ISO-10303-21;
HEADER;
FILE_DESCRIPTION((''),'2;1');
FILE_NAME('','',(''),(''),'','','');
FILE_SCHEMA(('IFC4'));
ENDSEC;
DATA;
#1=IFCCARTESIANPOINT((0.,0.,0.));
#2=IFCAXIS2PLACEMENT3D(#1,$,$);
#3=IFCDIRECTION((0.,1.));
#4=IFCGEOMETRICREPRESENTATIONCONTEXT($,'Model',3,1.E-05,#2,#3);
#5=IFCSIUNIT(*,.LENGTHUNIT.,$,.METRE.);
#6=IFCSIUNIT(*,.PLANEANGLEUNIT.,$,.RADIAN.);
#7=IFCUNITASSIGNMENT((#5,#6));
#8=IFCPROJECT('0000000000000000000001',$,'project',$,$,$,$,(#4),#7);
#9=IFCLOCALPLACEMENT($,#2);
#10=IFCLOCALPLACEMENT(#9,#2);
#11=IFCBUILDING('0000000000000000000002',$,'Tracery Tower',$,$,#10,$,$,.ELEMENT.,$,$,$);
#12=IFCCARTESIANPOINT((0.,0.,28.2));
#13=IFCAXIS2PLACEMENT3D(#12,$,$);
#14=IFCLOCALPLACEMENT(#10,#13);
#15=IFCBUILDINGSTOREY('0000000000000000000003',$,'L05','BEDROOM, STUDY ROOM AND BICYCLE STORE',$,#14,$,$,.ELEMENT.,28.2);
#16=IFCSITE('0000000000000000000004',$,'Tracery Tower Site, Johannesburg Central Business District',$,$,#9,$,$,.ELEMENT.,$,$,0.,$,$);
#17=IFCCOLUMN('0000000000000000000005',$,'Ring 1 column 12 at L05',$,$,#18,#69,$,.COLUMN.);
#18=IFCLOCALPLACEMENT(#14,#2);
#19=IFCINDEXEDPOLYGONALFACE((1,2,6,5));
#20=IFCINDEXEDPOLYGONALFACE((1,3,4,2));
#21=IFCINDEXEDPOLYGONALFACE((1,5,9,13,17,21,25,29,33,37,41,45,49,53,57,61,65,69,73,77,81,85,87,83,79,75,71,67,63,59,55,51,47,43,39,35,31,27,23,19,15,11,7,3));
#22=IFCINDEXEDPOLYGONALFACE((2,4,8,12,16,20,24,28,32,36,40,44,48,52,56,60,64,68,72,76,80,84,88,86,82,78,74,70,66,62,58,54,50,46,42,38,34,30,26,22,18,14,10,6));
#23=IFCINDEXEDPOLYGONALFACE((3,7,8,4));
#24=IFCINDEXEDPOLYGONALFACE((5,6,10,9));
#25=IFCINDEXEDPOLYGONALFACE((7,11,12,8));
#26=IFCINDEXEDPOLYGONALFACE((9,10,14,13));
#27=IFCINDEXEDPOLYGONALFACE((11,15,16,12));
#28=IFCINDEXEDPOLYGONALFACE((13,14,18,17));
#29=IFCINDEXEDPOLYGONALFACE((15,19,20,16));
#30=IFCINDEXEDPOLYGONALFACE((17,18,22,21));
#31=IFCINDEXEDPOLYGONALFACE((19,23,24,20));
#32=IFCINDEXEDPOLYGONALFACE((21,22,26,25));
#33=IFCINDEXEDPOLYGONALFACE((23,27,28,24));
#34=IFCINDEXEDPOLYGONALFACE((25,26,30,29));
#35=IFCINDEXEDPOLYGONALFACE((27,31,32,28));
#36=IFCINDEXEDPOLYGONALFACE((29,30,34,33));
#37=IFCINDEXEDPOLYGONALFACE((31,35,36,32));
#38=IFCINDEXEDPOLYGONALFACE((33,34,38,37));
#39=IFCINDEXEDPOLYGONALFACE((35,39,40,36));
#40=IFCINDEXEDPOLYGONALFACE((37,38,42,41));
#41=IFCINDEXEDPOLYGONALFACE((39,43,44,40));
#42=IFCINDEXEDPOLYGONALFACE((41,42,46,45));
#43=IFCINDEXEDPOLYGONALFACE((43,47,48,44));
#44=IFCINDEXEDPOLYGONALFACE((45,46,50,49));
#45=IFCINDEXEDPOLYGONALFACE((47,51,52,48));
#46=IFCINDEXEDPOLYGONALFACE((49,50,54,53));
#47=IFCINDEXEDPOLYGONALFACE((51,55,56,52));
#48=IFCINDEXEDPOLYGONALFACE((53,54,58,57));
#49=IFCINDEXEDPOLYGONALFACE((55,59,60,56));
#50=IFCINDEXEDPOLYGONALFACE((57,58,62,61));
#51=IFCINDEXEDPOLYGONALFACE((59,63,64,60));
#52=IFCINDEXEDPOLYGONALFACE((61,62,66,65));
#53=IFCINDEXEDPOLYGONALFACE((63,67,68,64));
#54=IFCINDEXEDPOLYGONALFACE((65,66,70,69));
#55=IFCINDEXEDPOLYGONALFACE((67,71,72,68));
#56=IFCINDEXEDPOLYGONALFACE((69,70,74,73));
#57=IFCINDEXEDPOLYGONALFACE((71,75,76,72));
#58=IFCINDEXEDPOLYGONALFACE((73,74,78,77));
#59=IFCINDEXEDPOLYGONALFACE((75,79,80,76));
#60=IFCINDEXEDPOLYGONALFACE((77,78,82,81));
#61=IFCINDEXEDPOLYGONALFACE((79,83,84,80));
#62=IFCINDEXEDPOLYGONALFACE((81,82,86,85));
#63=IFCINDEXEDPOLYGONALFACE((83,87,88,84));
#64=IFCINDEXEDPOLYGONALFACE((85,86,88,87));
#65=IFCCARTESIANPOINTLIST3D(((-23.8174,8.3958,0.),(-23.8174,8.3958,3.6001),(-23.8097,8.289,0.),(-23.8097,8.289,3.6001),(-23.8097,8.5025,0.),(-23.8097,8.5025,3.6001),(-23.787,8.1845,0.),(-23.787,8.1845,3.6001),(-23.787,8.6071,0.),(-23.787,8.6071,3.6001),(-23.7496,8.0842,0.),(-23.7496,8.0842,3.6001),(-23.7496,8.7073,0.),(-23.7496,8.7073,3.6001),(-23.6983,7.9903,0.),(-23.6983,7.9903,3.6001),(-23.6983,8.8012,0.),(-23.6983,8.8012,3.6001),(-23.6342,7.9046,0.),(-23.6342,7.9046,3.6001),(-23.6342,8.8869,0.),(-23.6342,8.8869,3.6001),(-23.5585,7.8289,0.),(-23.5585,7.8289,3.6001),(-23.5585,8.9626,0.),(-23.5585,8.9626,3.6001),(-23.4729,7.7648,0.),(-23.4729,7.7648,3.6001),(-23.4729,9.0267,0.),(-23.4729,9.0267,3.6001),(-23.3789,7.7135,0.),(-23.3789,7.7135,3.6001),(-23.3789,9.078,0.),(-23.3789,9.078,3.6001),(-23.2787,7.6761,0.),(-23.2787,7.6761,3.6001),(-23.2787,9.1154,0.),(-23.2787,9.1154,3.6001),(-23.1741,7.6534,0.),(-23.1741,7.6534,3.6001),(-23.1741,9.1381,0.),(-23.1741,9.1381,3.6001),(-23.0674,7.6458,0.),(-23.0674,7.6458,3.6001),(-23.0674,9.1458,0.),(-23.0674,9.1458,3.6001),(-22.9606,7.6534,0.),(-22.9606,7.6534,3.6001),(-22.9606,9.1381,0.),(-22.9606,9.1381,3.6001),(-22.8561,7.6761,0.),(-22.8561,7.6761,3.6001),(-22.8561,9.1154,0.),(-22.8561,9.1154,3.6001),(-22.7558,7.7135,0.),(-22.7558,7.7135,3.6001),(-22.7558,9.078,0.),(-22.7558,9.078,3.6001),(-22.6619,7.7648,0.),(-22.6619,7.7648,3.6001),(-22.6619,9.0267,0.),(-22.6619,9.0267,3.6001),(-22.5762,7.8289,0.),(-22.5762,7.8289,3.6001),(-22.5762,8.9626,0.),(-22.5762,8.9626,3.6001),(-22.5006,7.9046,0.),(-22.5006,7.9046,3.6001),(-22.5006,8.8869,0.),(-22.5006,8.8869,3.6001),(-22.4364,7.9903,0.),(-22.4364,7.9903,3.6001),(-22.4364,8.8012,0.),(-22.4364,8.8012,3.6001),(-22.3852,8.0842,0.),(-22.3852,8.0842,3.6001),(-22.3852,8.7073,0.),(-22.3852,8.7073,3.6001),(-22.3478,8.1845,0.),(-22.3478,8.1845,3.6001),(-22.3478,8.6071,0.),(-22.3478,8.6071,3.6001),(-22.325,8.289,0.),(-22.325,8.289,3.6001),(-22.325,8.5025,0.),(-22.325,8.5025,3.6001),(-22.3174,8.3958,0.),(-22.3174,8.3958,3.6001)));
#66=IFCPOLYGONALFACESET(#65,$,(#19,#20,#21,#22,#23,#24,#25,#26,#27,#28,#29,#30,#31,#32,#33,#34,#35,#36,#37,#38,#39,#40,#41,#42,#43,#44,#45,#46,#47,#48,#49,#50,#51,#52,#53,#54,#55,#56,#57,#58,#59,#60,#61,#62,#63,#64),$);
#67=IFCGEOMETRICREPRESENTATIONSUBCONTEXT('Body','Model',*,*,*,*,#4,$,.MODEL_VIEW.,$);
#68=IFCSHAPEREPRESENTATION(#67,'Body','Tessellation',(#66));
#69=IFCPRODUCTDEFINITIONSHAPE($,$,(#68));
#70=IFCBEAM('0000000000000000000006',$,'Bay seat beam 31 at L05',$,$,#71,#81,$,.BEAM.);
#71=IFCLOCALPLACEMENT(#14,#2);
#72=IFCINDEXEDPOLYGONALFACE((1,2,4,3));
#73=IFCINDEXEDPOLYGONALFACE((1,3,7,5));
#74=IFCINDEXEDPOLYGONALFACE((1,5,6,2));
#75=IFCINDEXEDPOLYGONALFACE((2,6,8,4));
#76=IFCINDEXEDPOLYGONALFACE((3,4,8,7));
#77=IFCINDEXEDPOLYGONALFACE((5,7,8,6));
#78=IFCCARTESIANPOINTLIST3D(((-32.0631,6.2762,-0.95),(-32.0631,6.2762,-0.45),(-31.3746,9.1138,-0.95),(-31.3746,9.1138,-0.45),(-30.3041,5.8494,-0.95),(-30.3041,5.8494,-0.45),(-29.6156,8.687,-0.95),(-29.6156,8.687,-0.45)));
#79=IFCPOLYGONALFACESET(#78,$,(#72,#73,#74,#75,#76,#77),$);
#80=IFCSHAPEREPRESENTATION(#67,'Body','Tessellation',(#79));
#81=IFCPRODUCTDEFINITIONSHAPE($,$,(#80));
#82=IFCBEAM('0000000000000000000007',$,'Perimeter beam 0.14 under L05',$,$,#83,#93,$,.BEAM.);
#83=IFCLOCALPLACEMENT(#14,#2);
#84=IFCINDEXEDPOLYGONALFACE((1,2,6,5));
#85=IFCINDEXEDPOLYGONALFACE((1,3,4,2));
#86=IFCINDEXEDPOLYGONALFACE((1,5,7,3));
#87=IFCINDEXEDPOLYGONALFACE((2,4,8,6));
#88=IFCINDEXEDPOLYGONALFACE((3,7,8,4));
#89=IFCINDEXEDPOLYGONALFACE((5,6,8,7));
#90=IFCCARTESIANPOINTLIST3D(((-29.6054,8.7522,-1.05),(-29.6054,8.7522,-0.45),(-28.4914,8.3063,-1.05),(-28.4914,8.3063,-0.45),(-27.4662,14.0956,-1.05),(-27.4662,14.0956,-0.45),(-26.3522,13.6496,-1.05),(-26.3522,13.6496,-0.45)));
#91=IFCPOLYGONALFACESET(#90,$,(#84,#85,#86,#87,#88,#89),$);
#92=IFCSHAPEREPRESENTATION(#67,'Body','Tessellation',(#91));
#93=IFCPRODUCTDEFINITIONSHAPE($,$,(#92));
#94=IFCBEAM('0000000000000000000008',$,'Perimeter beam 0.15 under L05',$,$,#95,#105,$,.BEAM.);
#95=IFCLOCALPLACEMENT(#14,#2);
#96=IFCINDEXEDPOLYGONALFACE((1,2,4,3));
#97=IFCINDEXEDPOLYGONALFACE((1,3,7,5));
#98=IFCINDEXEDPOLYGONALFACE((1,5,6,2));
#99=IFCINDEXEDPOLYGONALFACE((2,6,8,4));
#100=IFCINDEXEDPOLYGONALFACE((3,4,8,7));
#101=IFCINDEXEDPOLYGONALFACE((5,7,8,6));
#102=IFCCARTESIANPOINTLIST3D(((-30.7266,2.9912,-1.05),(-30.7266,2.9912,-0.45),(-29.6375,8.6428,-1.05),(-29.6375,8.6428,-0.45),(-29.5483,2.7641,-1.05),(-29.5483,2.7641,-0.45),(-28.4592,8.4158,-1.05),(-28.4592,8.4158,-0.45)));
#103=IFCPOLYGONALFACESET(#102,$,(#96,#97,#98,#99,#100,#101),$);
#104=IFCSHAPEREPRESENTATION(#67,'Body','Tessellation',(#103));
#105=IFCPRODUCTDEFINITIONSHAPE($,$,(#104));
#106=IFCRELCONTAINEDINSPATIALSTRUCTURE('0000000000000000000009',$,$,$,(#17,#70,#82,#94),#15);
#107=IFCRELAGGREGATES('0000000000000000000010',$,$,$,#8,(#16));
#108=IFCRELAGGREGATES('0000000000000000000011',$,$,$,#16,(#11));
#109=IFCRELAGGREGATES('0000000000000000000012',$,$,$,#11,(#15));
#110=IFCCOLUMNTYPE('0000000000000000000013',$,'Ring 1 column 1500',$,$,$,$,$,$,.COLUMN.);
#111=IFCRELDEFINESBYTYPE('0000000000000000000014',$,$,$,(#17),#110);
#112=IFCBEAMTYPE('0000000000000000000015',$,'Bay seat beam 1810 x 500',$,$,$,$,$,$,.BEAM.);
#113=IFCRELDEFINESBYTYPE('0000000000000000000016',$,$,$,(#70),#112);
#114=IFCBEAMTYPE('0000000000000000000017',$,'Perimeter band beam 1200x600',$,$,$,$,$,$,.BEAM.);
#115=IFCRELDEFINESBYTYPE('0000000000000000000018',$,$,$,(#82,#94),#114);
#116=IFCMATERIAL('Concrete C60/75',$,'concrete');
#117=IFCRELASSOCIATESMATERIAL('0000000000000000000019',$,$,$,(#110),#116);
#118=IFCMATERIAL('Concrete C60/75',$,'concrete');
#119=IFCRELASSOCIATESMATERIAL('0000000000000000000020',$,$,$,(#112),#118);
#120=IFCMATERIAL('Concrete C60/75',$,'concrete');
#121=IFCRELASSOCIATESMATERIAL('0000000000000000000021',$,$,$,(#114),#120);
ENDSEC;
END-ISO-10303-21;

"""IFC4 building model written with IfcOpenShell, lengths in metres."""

from ifc_helpers import new_model, si_unit, direction, frame, origin, origin_2d, place, context, subcontext, project, spatial, rectangle, circle, extrude, material, material_profile, profile_set, type_object, element, save


model = new_model("IFC4")

# Units and contexts
model_context = context("Model", 3, precision=1e-05, world=origin(), true_north=direction((0.0, 1.0)))
body_context = subcontext(model_context, "Body", "Model", "MODEL_VIEW")
ifc_project = project(units=[si_unit("LENGTHUNIT", "METRE"), si_unit("PLANEANGLEUNIT", "RADIAN")], contexts=[model_context])

# Site, building, storey
site_placement = place(None, origin())
site = spatial("IfcSite", under=ifc_project, at=site_placement, Name="Tracery Tower Site, Johannesburg Central Business District", CompositionType="ELEMENT", RefElevation=0.0)
building_placement = place(site_placement, origin())
building = spatial("IfcBuilding", under=site, at=building_placement, Name="Tracery Tower", CompositionType="ELEMENT")
storey_placement = place(building_placement, frame((0.0, 0.0, 28.2)))
storey = spatial("IfcBuildingStorey", under=building, at=storey_placement, Name="L05", Description="BEDROOM, STUDY ROOM AND BICYCLE STORE", CompositionType="ELEMENT", Elevation=28.2)

# Column
ifc_material_1 = material(Name="Concrete C60/75", Category="concrete")
ifc_material_profile_1 = material_profile(ifc_material_1, circle(Radius=0.75, at=origin_2d()), Name="RC D1500")
ifc_profile_set_1 = profile_set([ifc_material_profile_1], Name="Concrete C60/75")
column_type_1 = type_object("IfcColumnType", Name="Ring 1 column 1500", PredefinedType="COLUMN", material=ifc_profile_set_1)
for number, where, z_axis, x_axis, name in (
    (1, (-23.0674, 8.3958, 0.0), (0.0, 0.0, 1.0), (1.0, 0.0, 0.0), "Ring 1 column 12 at L05"),
):
    element("IfcColumn", number, at=place(storey_placement, frame(where, z_axis=z_axis, x_axis=x_axis)), inside=storey, type_object=column_type_1, Name=name, PredefinedType="COLUMN", context=body_context, shape_type="SweptSolid", body=[
        extrude(circle(Radius=0.75, at=origin_2d()), origin(), (0.0, 0.0, 1.0), 3.6001),
    ])

# Beams
ifc_material_2 = material(Name="Concrete C60/75", Category="concrete")
ifc_material_profile_2 = material_profile(ifc_material_2, rectangle(XDim=1.8101, YDim=0.5, at=origin_2d()), Name="RC 1810x500")
ifc_profile_set_2 = profile_set([ifc_material_profile_2], Name="Concrete C60/75")
beam_type_1 = type_object("IfcBeamType", Name="Bay seat beam 1810 x 500", PredefinedType="BEAM", material=ifc_profile_set_2)
beam_placement = place(storey_placement, frame((-30.4951, 8.9004, -0.7), z_axis=(-0.235782, -0.971806, 0.0), x_axis=(0.971806, -0.235782, 0.0)))
element("IfcBeam", 2, at=beam_placement, inside=storey, type_object=beam_type_1, Name="Bay seat beam 31 at L05", PredefinedType="BEAM", context=body_context, shape_type="SweptSolid", body=[
    extrude(rectangle(XDim=1.8101, YDim=0.5, at=origin_2d()), origin(), (0.0, 0.0, 1.0), 2.9199),
])
ifc_material_3 = material(Name="Concrete C60/75", Category="concrete")
ifc_material_profile_3 = material_profile(ifc_material_3, rectangle(XDim=1.2, YDim=0.6001, at=origin_2d()), Name="RC 1200x600")
ifc_profile_set_3 = profile_set([ifc_material_profile_3], Name="Concrete C60/75")
beam_type_2 = type_object("IfcBeamType", Name="Perimeter band beam 1200x600", PredefinedType="BEAM", material=ifc_profile_set_3)
for number, where, z_axis, x_axis, name in (
    (3, (-26.9092, 13.8726, -0.75), (-0.371669, -0.928365, 0.0), (0.928365, -0.371669, 0.0), "Perimeter beam 0.14 under L05"),
    (4, (-29.0483, 8.5293, -0.75), (-0.189227, -0.981933, 0.0), (0.981933, -0.189227, 0.0), "Perimeter beam 0.15 under L05"),
):
    element("IfcBeam", number, at=place(storey_placement, frame(where, z_axis=z_axis, x_axis=x_axis)), inside=storey, type_object=beam_type_2, Name=name, PredefinedType="BEAM", context=body_context, shape_type="SweptSolid", body=[
        extrude(rectangle(XDim=1.2, YDim=0.6001, at=origin_2d()), origin(), (0.0, 0.0, 1.0), 5.7556),
    ])

save(model, "model.ifc")
